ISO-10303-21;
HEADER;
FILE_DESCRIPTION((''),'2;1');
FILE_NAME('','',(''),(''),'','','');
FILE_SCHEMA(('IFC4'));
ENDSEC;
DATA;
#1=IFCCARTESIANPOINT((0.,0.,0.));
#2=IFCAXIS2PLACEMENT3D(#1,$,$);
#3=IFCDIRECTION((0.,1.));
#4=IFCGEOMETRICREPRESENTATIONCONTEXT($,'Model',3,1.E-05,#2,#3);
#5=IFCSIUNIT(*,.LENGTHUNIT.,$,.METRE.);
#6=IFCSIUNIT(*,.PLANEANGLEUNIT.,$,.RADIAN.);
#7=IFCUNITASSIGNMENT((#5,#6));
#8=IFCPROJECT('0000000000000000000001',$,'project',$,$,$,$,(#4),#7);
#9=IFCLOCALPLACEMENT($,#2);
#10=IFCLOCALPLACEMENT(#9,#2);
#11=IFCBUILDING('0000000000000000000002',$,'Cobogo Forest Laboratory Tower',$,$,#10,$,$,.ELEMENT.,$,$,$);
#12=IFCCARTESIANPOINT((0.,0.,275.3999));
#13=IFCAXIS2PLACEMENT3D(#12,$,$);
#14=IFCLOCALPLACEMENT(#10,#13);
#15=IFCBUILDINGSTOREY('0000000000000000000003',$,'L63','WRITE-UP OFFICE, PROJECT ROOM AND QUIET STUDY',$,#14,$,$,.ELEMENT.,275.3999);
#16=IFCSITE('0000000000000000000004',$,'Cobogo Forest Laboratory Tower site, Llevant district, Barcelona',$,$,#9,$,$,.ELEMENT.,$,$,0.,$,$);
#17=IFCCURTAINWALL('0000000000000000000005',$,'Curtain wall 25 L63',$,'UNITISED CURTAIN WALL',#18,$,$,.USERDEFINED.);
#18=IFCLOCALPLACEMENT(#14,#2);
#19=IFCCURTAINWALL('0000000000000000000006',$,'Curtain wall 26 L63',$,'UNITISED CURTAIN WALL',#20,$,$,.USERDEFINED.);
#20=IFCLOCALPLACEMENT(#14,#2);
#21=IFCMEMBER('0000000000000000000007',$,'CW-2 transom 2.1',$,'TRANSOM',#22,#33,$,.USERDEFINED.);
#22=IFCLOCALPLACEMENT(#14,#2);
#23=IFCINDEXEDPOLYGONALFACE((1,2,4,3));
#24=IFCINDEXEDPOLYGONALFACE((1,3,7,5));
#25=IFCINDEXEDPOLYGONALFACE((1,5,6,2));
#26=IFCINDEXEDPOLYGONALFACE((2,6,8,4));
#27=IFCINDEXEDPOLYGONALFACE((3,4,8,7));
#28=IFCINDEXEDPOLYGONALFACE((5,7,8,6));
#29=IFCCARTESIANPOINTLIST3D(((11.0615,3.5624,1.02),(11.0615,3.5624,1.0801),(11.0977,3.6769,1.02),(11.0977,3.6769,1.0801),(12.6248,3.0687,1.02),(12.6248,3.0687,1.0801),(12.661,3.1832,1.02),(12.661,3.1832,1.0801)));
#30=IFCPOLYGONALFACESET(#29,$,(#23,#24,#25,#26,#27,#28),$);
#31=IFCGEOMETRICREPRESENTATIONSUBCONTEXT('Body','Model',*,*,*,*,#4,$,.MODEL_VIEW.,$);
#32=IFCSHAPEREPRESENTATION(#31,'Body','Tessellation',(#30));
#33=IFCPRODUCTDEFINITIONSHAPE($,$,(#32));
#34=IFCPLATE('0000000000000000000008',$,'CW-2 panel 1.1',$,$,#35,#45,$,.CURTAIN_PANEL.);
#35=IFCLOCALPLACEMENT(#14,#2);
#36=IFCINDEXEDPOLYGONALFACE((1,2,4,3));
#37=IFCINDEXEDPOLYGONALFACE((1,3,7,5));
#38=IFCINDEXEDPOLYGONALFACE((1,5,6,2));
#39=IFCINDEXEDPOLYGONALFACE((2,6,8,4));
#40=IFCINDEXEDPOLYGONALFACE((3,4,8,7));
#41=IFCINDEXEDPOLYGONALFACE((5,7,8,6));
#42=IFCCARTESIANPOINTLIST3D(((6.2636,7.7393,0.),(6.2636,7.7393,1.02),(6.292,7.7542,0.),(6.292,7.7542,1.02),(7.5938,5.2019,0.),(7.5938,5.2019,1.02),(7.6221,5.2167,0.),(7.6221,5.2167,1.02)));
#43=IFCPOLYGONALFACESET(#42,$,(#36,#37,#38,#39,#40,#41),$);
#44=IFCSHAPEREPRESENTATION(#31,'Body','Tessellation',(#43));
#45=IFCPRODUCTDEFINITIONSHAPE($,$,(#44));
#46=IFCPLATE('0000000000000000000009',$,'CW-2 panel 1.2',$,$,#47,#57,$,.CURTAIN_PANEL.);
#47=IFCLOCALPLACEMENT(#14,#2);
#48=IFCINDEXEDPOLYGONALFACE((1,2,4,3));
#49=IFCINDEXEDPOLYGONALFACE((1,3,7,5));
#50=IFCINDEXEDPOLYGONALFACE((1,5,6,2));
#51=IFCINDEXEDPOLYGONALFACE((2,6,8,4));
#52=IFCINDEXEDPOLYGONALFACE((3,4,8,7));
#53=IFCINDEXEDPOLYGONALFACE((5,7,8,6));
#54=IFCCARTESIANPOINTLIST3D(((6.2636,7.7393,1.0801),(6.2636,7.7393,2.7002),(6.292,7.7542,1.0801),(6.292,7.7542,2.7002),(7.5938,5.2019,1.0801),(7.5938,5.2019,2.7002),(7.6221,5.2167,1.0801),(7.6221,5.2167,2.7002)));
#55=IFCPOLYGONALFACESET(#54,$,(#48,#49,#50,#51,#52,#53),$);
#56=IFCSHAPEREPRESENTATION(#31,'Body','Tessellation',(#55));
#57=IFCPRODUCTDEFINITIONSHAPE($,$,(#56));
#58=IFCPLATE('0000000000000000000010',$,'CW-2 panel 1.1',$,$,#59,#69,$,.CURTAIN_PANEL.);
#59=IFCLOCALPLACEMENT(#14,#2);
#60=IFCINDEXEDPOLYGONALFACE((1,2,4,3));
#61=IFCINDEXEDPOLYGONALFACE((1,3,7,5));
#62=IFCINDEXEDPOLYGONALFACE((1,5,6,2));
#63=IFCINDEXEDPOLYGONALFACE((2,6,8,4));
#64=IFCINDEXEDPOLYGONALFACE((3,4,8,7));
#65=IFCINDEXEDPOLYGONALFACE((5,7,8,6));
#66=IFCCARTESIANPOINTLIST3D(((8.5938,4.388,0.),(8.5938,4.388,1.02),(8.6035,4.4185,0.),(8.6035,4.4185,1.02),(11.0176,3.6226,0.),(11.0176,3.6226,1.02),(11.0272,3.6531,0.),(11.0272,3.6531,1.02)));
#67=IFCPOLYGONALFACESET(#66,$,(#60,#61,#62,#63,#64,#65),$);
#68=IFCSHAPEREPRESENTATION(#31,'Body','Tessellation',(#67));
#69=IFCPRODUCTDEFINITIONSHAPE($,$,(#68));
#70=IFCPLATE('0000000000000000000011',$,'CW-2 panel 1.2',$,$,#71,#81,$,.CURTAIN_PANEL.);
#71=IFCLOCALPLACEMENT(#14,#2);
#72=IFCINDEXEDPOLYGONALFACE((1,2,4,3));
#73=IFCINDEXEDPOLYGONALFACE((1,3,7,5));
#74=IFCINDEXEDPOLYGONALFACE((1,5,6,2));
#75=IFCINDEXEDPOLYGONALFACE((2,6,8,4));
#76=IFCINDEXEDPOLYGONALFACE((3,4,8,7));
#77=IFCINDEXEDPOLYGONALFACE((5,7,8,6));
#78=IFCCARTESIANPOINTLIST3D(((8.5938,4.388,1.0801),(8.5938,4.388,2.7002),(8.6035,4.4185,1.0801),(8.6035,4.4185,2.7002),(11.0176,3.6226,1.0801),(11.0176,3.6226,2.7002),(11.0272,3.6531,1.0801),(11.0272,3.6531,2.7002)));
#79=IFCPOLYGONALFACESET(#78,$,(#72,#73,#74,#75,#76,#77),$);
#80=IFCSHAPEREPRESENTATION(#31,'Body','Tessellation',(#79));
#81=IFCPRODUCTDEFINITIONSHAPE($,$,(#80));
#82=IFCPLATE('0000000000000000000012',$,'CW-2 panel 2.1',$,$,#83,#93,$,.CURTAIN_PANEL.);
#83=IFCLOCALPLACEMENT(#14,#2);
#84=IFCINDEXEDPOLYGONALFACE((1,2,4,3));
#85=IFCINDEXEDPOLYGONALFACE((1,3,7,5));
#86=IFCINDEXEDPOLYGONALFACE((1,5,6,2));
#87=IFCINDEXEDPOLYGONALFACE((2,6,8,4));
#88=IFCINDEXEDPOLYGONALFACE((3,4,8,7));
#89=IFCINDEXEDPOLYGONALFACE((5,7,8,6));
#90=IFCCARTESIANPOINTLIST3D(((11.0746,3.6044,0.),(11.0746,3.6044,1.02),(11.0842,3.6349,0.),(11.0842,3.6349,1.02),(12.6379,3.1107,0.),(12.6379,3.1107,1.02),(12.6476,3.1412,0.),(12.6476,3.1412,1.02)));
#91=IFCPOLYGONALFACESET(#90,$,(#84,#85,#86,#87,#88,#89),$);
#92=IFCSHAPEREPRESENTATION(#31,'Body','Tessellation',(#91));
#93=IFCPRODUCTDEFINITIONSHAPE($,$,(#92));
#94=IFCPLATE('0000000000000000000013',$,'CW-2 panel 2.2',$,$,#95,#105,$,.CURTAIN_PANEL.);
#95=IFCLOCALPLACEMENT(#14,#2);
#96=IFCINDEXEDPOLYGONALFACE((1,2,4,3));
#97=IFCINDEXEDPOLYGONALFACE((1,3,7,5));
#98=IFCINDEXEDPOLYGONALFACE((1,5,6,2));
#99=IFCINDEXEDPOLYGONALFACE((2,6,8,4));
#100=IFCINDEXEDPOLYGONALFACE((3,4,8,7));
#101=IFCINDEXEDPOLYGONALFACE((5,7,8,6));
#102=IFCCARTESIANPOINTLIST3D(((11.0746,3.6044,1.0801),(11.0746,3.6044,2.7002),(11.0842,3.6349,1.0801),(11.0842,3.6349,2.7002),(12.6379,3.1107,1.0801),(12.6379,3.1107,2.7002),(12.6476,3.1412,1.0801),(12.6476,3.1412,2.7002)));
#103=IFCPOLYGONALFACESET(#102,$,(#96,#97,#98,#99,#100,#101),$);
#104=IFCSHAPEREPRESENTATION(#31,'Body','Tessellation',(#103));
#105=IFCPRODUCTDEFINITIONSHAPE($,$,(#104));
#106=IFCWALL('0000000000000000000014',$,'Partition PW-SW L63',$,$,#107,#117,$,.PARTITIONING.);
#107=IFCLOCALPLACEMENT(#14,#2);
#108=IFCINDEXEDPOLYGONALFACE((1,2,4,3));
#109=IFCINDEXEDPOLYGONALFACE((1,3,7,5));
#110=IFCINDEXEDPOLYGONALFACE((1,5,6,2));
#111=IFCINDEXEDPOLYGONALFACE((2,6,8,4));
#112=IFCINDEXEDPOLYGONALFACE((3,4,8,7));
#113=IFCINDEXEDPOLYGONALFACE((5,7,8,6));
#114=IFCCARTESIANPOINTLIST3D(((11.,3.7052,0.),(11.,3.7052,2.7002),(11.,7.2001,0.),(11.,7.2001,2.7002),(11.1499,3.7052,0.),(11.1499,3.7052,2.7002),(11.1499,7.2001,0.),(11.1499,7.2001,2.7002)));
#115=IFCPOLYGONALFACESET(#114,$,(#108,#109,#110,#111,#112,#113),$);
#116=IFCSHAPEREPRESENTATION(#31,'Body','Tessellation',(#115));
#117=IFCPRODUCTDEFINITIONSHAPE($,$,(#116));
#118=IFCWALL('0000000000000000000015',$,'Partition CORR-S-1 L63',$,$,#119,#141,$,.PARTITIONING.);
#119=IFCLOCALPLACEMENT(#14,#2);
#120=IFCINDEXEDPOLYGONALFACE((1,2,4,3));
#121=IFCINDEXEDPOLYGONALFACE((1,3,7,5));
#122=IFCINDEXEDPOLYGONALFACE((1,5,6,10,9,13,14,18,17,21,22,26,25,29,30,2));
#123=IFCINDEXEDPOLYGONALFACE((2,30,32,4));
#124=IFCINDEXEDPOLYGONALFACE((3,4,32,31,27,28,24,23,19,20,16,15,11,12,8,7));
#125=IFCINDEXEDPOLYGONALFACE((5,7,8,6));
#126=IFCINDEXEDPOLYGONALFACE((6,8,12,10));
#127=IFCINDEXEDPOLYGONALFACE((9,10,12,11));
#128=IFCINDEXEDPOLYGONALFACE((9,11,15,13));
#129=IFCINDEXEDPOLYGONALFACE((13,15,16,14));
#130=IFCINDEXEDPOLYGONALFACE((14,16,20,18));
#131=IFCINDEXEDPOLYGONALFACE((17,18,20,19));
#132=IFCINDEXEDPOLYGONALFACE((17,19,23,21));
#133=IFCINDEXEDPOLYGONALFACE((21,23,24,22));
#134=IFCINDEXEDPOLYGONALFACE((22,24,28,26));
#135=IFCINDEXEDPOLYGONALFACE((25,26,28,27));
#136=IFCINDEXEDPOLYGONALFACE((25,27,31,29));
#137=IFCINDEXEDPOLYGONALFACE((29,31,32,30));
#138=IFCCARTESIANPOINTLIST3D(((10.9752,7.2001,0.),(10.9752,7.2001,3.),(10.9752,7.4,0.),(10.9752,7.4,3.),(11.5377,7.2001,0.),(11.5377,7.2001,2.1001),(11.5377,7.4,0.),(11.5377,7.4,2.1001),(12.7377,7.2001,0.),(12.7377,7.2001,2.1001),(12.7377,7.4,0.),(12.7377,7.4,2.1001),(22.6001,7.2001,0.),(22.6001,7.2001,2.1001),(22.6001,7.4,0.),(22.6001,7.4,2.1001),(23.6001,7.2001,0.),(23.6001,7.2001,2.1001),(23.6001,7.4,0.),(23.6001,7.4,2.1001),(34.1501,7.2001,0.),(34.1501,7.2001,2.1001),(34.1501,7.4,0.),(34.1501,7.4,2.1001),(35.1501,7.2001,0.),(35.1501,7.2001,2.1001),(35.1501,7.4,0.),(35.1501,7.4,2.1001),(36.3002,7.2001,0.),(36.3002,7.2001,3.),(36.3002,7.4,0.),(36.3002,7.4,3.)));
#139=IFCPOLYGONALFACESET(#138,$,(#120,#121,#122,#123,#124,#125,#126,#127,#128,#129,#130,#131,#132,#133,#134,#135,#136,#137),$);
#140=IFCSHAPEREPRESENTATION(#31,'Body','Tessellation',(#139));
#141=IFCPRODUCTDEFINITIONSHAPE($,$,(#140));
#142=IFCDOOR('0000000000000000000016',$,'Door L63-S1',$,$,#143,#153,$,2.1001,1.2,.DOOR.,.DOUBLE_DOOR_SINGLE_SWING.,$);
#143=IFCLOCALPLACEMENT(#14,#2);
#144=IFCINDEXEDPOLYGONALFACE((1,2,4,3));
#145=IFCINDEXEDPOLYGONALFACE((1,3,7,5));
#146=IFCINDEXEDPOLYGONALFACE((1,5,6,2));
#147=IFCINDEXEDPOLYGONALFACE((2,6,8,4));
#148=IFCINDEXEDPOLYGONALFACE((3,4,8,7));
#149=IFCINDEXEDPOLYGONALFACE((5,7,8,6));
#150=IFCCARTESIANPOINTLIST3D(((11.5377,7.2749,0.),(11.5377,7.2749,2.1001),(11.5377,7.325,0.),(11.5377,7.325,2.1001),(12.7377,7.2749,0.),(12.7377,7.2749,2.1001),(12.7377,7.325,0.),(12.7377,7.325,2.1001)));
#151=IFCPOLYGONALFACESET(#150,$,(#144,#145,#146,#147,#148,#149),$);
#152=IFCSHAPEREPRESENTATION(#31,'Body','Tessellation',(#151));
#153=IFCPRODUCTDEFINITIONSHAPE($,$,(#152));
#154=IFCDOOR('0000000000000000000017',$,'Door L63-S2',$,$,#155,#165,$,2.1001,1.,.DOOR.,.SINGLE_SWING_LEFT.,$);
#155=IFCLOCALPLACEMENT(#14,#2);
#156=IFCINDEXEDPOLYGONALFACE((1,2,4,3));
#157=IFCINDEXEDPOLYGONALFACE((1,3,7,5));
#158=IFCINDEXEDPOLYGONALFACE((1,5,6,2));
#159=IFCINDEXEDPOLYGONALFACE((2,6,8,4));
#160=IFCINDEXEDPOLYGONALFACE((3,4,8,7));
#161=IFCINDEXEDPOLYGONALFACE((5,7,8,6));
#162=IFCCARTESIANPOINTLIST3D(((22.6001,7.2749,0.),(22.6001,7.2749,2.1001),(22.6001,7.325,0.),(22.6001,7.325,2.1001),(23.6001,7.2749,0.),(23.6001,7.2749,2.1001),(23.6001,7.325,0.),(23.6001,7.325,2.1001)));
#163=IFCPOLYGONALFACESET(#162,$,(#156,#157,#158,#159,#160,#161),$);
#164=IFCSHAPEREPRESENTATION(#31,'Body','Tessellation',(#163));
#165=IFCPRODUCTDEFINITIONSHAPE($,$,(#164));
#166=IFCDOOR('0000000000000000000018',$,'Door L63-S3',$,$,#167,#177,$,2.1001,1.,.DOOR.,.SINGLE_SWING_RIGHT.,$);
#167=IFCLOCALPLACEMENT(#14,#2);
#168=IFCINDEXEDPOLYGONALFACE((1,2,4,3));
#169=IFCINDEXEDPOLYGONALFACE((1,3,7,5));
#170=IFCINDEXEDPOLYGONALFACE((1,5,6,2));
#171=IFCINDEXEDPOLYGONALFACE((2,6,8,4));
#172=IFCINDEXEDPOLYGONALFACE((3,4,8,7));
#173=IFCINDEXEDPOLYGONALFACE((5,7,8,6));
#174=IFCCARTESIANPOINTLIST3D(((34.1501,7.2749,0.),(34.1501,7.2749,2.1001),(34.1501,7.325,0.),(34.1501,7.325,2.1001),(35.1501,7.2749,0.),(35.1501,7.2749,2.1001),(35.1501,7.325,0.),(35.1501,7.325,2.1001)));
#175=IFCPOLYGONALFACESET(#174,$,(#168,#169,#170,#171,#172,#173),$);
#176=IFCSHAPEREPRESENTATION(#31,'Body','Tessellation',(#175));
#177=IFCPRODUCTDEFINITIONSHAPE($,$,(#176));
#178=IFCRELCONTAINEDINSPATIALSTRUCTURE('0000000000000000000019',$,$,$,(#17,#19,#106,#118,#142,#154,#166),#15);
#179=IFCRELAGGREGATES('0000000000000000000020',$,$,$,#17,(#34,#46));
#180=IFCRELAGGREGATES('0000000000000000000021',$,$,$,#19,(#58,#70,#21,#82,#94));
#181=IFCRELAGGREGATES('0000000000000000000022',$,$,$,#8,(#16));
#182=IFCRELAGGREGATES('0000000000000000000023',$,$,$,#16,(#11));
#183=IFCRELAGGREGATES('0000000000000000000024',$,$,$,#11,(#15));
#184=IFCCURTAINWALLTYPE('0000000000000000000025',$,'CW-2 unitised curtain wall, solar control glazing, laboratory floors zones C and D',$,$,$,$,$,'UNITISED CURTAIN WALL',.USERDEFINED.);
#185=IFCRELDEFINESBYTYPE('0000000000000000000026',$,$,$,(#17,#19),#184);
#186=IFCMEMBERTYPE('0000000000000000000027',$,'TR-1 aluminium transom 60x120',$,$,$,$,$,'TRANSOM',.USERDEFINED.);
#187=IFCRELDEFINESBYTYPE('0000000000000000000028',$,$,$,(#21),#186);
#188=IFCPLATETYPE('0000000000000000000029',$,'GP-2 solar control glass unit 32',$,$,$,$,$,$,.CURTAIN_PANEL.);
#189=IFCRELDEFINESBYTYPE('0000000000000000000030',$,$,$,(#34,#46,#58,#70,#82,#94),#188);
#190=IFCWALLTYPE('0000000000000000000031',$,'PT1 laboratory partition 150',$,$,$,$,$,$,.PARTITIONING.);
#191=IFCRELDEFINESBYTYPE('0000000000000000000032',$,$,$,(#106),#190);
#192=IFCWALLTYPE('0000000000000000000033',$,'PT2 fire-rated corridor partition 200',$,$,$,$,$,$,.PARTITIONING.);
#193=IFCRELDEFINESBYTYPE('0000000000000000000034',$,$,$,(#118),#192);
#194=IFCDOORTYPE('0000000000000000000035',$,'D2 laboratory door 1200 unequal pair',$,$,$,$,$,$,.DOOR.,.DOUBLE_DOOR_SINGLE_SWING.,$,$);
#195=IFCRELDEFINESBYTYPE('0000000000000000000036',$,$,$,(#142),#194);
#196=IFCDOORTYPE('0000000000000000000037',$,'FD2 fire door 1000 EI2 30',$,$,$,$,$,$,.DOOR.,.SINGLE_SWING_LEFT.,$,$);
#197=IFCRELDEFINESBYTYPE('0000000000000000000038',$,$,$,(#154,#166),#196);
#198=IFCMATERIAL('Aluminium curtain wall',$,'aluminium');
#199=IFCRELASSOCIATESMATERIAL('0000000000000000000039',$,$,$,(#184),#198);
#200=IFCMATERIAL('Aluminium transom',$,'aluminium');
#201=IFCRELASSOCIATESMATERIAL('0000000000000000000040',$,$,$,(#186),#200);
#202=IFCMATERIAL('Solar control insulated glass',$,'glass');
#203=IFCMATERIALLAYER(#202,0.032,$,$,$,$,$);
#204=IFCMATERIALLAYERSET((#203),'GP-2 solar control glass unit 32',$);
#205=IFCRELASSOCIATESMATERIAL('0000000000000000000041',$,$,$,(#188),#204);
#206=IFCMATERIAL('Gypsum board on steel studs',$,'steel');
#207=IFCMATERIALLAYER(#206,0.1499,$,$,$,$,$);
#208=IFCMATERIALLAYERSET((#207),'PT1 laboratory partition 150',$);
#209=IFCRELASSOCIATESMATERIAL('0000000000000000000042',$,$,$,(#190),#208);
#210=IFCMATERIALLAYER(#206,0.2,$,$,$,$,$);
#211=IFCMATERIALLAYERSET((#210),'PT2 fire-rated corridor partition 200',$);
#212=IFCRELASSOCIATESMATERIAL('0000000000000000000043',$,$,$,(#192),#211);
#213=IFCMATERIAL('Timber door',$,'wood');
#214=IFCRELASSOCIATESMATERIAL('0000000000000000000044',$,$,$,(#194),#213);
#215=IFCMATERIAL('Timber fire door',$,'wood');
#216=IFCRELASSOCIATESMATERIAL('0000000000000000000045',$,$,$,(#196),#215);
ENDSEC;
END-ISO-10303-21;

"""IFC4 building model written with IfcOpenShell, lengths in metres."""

from ifc_helpers import new_model, si_unit, direction, frame, frame_2d, origin, origin_2d, place, context, subcontext, project, spatial, rectangle, extrude, material, layer, layer_set, material_profile, profile_set, type_object, element, fill, aggregate, save


model = new_model("IFC4")

# Units and contexts
model_context = context("Model", 3, precision=1e-05, world=origin(), true_north=direction((0.0, 1.0)))
body_context = subcontext(model_context, "Body", "Model", "MODEL_VIEW")
ifc_project = project(units=[si_unit("LENGTHUNIT", "METRE"), si_unit("PLANEANGLEUNIT", "RADIAN")], contexts=[model_context])

# Site, building, storey
site_placement = place(None, origin())
site = spatial("IfcSite", under=ifc_project, at=site_placement, Name="Cobogo Forest Laboratory Tower site, Llevant district, Barcelona", CompositionType="ELEMENT", RefElevation=0.0)
building_placement = place(site_placement, origin())
building = spatial("IfcBuilding", under=site, at=building_placement, Name="Cobogo Forest Laboratory Tower", CompositionType="ELEMENT")
storey_placement = place(building_placement, frame((0.0, 0.0, 275.3999)))
storey = spatial("IfcBuildingStorey", under=building, at=storey_placement, Name="L63", Description="WRITE-UP OFFICE, PROJECT ROOM AND QUIET STUDY", CompositionType="ELEMENT", Elevation=275.3999)

# Shared definitions
ifc_material_1 = material(Name="Aluminium curtain wall", Category="aluminium")
curtain_wall_type = type_object("IfcCurtainWallType", Name="CW-2 unitised curtain wall, solar control glazing, laboratory floors zones C and D", ElementType="UNITISED CURTAIN WALL", PredefinedType="USERDEFINED", material=ifc_material_1)

# Curtain walls
curtain_wall_1_placement = place(storey_placement, origin())
curtain_wall_1 = element("IfcCurtainWall", 1, at=curtain_wall_1_placement, inside=storey, type_object=curtain_wall_type, Name="Curtain wall 25 L63", ObjectType="UNITISED CURTAIN WALL", PredefinedType="USERDEFINED")
curtain_wall_2_placement = place(storey_placement, origin())
curtain_wall_2 = element("IfcCurtainWall", 2, at=curtain_wall_2_placement, inside=storey, type_object=curtain_wall_type, Name="Curtain wall 26 L63", ObjectType="UNITISED CURTAIN WALL", PredefinedType="USERDEFINED")

# Member
ifc_material_2 = material(Name="Aluminium transom", Category="aluminium")
ifc_material_profile_1 = material_profile(ifc_material_2, rectangle(XDim=0.1201, YDim=0.0601, at=origin_2d()), Name="AL 60x120")
ifc_profile_set_1 = profile_set([ifc_material_profile_1], Name="Aluminium transom")
member_type_1 = type_object("IfcMemberType", Name="TR-1 aluminium transom 60x120", ElementType="TRANSOM", PredefinedType="USERDEFINED", material=ifc_profile_set_1)
member_1_placement = place(storey_placement, frame((11.0796, 3.6196, 1.05), z_axis=(0.953583, -0.301131, 0.0), x_axis=(0.301131, 0.953583, 0.0)))
member_1 = element("IfcMember", 3, at=member_1_placement, type_object=member_type_1, Name="CW-2 transom 2.1", ObjectType="TRANSOM", PredefinedType="USERDEFINED", context=body_context, shape_type="SweptSolid", body=[
    extrude(rectangle(XDim=0.1201, YDim=0.0601, at=origin_2d()), origin(), (0.0, 0.0, 1.0), 1.6394),
])

# Plates
ifc_material_3 = material(Name="Solar control insulated glass", Category="glass")
ifc_layer_1 = layer(ifc_material_3, 0.032)
ifc_layer_set_1 = layer_set([ifc_layer_1], Name="GP-2 solar control glass unit 32")
plate_type = type_object("IfcPlateType", Name="GP-2 solar control glass unit 32", PredefinedType="CURTAIN_PANEL", material=ifc_layer_set_1)
plate_1_placement = place(storey_placement, frame((6.9429, 6.478, 0.0), z_axis=(0.0, 0.0, 1.0), x_axis=(0.464284, -0.885686, 0.0)))
plate_1 = element("IfcPlate", 4, at=plate_1_placement, type_object=plate_type, Name="CW-2 panel 1.1", PredefinedType="CURTAIN_PANEL", context=body_context, shape_type="SweptSolid", body=[
    extrude(rectangle(XDim=2.865, YDim=0.032, at=origin_2d()), origin(), (0.0, 0.0, 1.0), 1.02),
])
plate_2_placement = place(storey_placement, frame((6.9429, 6.478, 1.0801), z_axis=(0.0, 0.0, 1.0), x_axis=(0.464284, -0.885686, 0.0)))
plate_2 = element("IfcPlate", 5, at=plate_2_placement, type_object=plate_type, Name="CW-2 panel 1.2", PredefinedType="CURTAIN_PANEL", context=body_context, shape_type="SweptSolid", body=[
    extrude(rectangle(XDim=2.865, YDim=0.032, at=origin_2d()), origin(), (0.0, 0.0, 1.0), 1.6201),
])
aggregate(curtain_wall_1, [plate_1, plate_2])
plate_3_placement = place(storey_placement, frame((9.8105, 4.0205, 0.0), z_axis=(0.0, 0.0, 1.0), x_axis=(0.953581, -0.301135, 0.0)))
plate_3 = element("IfcPlate", 6, at=plate_3_placement, type_object=plate_type, Name="CW-2 panel 1.1", PredefinedType="CURTAIN_PANEL", context=body_context, shape_type="SweptSolid", body=[
    extrude(rectangle(XDim=2.5417, YDim=0.032, at=origin_2d()), origin(), (0.0, 0.0, 1.0), 1.02),
])
plate_4_placement = place(storey_placement, frame((9.8105, 4.0205, 1.0801), z_axis=(0.0, 0.0, 1.0), x_axis=(0.953581, -0.301135, 0.0)))
plate_4 = element("IfcPlate", 7, at=plate_4_placement, type_object=plate_type, Name="CW-2 panel 1.2", PredefinedType="CURTAIN_PANEL", context=body_context, shape_type="SweptSolid", body=[
    extrude(rectangle(XDim=2.5417, YDim=0.032, at=origin_2d()), origin(), (0.0, 0.0, 1.0), 1.6201),
])
plate_5_placement = place(storey_placement, frame((11.8611, 3.3728, 0.0), z_axis=(0.0, 0.0, 1.0), x_axis=(0.953581, -0.301135, 0.0)))
plate_5 = element("IfcPlate", 8, at=plate_5_placement, type_object=plate_type, Name="CW-2 panel 2.1", PredefinedType="CURTAIN_PANEL", context=body_context, shape_type="SweptSolid", body=[
    extrude(rectangle(XDim=1.6394, YDim=0.032, at=origin_2d()), origin(), (0.0, 0.0, 1.0), 1.02),
])
plate_6_placement = place(storey_placement, frame((11.8611, 3.3728, 1.0801), z_axis=(0.0, 0.0, 1.0), x_axis=(0.953581, -0.301135, 0.0)))
plate_6 = element("IfcPlate", 9, at=plate_6_placement, type_object=plate_type, Name="CW-2 panel 2.2", PredefinedType="CURTAIN_PANEL", context=body_context, shape_type="SweptSolid", body=[
    extrude(rectangle(XDim=1.6394, YDim=0.032, at=origin_2d()), origin(), (0.0, 0.0, 1.0), 1.6201),
])
aggregate(curtain_wall_2, [plate_3, plate_4, member_1, plate_5, plate_6])

# Wall
ifc_material_4 = material(Name="Gypsum board on steel studs", Category="steel")
ifc_layer_2 = layer(ifc_material_4, 0.1499)
ifc_layer_set_2 = layer_set([ifc_layer_2], Name="PT1 laboratory partition 150")
wall_type_1 = type_object("IfcWallType", Name="PT1 laboratory partition 150", PredefinedType="PARTITIONING", material=ifc_layer_set_2)
wall_1_placement = place(storey_placement, frame((11.075, 3.7051, 0.0), z_axis=(0.0, 0.0, 1.0), x_axis=(0.0, 1.0, 0.0)))
element("IfcWall", 10, at=wall_1_placement, inside=storey, type_object=wall_type_1, Name="Partition PW-SW L63", PredefinedType="PARTITIONING", context=body_context, shape_type="SweptSolid", body=[
    extrude(rectangle(XDim=3.4949, YDim=0.1499, at=frame_2d((1.7476, 0.0))), origin(), (0.0, 0.0, 1.0), 2.7002),
])

# Wall, openings, doors
ifc_layer_3 = layer(ifc_material_4, 0.2)
ifc_layer_set_3 = layer_set([ifc_layer_3], Name="PT2 fire-rated corridor partition 200")
wall_type_2 = type_object("IfcWallType", Name="PT2 fire-rated corridor partition 200", PredefinedType="PARTITIONING", material=ifc_layer_set_3)
wall_2_placement = place(storey_placement, frame((10.9751, 7.3, 0.0), z_axis=(0.0, 0.0, 1.0), x_axis=(1.0, 0.0, 0.0)))
wall_2 = element("IfcWall", 11, at=wall_2_placement, inside=storey, type_object=wall_type_2, Name="Partition CORR-S-1 L63", PredefinedType="PARTITIONING", context=body_context, shape_type="SweptSolid", body=[
    extrude(rectangle(XDim=25.325, YDim=0.2, at=frame_2d((12.6626, 0.0))), origin(), (0.0, 0.0, 1.0), 3.0),
])
opening_1_placement = place(wall_2_placement, frame((0.5625, 0.0, 0.0)))
opening_1 = element("IfcOpeningElement", 12, at=opening_1_placement, cuts=wall_2, PredefinedType="OPENING", context=body_context, shape_type="SweptSolid", body=[
    extrude(rectangle(XDim=1.2, YDim=2.1001, at=frame_2d((0.6001, 1.05))), frame((0.0, 0.1099, 0.0), z_axis=(0.0, -1.0, 0.0), x_axis=(1.0, 0.0, 0.0)), (0.0, 0.0, 1.0), 0.22),
])
opening_2_placement = place(wall_2_placement, frame((11.625, 0.0, 0.0)))
opening_2 = element("IfcOpeningElement", 13, at=opening_2_placement, cuts=wall_2, PredefinedType="OPENING", context=body_context, shape_type="SweptSolid", body=[
    extrude(rectangle(XDim=1.0, YDim=2.1001, at=frame_2d((0.5, 1.05))), frame((0.0, 0.1099, 0.0), z_axis=(0.0, -1.0, 0.0), x_axis=(1.0, 0.0, 0.0)), (0.0, 0.0, 1.0), 0.22),
])
opening_3_placement = place(wall_2_placement, frame((23.175, 0.0, 0.0)))
opening_3 = element("IfcOpeningElement", 14, at=opening_3_placement, cuts=wall_2, PredefinedType="OPENING", context=body_context, shape_type="SweptSolid", body=[
    extrude(rectangle(XDim=1.0, YDim=2.1001, at=frame_2d((0.5, 1.05))), frame((0.0, 0.1099, 0.0), z_axis=(0.0, -1.0, 0.0), x_axis=(1.0, 0.0, 0.0)), (0.0, 0.0, 1.0), 0.22),
])
ifc_material_5 = material(Name="Timber door", Category="wood")
door_type_1 = type_object("IfcDoorType", Name="D2 laboratory door 1200 unequal pair", OperationType="DOUBLE_DOOR_SINGLE_SWING", PredefinedType="DOOR", material=ifc_material_5)
door_1_placement = place(opening_1_placement, origin())
door_1 = element("IfcDoor", 15, at=door_1_placement, inside=storey, type_object=door_type_1, Name="Door L63-S1", OperationType="DOUBLE_DOOR_SINGLE_SWING", OverallHeight=2.1001, OverallWidth=1.2, PredefinedType="DOOR", context=body_context, shape_type="SweptSolid", body=[
    extrude(rectangle(XDim=1.2, YDim=2.1001, at=frame_2d((0.6001, 1.05))), frame((0.0, 0.0249, 0.0), z_axis=(0.0, -1.0, 0.0), x_axis=(1.0, 0.0, 0.0)), (0.0, 0.0, 1.0), 0.05),
])
fill(opening_1, door_1)
ifc_material_6 = material(Name="Timber fire door", Category="wood")
door_type_2 = type_object("IfcDoorType", Name="FD2 fire door 1000 EI2 30", OperationType="SINGLE_SWING_LEFT", PredefinedType="DOOR", material=ifc_material_6)
door_2_placement = place(opening_2_placement, origin())
door_2 = element("IfcDoor", 16, at=door_2_placement, inside=storey, type_object=door_type_2, Name="Door L63-S2", OperationType="SINGLE_SWING_LEFT", OverallHeight=2.1001, OverallWidth=1.0, PredefinedType="DOOR", context=body_context, shape_type="SweptSolid", body=[
    extrude(rectangle(XDim=1.0, YDim=2.1001, at=frame_2d((0.5, 1.05))), frame((0.0, 0.0249, 0.0), z_axis=(0.0, -1.0, 0.0), x_axis=(1.0, 0.0, 0.0)), (0.0, 0.0, 1.0), 0.05),
])
fill(opening_2, door_2)
door_3_placement = place(opening_3_placement, origin())
door_3 = element("IfcDoor", 17, at=door_3_placement, inside=storey, type_object=door_type_2, Name="Door L63-S3", OperationType="SINGLE_SWING_RIGHT", OverallHeight=2.1001, OverallWidth=1.0, PredefinedType="DOOR", context=body_context, shape_type="SweptSolid", body=[
    extrude(rectangle(XDim=1.0, YDim=2.1001, at=frame_2d((0.5, 1.05))), frame((0.0, 0.0249, 0.0), z_axis=(0.0, -1.0, 0.0), x_axis=(1.0, 0.0, 0.0)), (0.0, 0.0, 1.0), 0.05),
])
fill(opening_3, door_3)

save(model, "model.ifc")
